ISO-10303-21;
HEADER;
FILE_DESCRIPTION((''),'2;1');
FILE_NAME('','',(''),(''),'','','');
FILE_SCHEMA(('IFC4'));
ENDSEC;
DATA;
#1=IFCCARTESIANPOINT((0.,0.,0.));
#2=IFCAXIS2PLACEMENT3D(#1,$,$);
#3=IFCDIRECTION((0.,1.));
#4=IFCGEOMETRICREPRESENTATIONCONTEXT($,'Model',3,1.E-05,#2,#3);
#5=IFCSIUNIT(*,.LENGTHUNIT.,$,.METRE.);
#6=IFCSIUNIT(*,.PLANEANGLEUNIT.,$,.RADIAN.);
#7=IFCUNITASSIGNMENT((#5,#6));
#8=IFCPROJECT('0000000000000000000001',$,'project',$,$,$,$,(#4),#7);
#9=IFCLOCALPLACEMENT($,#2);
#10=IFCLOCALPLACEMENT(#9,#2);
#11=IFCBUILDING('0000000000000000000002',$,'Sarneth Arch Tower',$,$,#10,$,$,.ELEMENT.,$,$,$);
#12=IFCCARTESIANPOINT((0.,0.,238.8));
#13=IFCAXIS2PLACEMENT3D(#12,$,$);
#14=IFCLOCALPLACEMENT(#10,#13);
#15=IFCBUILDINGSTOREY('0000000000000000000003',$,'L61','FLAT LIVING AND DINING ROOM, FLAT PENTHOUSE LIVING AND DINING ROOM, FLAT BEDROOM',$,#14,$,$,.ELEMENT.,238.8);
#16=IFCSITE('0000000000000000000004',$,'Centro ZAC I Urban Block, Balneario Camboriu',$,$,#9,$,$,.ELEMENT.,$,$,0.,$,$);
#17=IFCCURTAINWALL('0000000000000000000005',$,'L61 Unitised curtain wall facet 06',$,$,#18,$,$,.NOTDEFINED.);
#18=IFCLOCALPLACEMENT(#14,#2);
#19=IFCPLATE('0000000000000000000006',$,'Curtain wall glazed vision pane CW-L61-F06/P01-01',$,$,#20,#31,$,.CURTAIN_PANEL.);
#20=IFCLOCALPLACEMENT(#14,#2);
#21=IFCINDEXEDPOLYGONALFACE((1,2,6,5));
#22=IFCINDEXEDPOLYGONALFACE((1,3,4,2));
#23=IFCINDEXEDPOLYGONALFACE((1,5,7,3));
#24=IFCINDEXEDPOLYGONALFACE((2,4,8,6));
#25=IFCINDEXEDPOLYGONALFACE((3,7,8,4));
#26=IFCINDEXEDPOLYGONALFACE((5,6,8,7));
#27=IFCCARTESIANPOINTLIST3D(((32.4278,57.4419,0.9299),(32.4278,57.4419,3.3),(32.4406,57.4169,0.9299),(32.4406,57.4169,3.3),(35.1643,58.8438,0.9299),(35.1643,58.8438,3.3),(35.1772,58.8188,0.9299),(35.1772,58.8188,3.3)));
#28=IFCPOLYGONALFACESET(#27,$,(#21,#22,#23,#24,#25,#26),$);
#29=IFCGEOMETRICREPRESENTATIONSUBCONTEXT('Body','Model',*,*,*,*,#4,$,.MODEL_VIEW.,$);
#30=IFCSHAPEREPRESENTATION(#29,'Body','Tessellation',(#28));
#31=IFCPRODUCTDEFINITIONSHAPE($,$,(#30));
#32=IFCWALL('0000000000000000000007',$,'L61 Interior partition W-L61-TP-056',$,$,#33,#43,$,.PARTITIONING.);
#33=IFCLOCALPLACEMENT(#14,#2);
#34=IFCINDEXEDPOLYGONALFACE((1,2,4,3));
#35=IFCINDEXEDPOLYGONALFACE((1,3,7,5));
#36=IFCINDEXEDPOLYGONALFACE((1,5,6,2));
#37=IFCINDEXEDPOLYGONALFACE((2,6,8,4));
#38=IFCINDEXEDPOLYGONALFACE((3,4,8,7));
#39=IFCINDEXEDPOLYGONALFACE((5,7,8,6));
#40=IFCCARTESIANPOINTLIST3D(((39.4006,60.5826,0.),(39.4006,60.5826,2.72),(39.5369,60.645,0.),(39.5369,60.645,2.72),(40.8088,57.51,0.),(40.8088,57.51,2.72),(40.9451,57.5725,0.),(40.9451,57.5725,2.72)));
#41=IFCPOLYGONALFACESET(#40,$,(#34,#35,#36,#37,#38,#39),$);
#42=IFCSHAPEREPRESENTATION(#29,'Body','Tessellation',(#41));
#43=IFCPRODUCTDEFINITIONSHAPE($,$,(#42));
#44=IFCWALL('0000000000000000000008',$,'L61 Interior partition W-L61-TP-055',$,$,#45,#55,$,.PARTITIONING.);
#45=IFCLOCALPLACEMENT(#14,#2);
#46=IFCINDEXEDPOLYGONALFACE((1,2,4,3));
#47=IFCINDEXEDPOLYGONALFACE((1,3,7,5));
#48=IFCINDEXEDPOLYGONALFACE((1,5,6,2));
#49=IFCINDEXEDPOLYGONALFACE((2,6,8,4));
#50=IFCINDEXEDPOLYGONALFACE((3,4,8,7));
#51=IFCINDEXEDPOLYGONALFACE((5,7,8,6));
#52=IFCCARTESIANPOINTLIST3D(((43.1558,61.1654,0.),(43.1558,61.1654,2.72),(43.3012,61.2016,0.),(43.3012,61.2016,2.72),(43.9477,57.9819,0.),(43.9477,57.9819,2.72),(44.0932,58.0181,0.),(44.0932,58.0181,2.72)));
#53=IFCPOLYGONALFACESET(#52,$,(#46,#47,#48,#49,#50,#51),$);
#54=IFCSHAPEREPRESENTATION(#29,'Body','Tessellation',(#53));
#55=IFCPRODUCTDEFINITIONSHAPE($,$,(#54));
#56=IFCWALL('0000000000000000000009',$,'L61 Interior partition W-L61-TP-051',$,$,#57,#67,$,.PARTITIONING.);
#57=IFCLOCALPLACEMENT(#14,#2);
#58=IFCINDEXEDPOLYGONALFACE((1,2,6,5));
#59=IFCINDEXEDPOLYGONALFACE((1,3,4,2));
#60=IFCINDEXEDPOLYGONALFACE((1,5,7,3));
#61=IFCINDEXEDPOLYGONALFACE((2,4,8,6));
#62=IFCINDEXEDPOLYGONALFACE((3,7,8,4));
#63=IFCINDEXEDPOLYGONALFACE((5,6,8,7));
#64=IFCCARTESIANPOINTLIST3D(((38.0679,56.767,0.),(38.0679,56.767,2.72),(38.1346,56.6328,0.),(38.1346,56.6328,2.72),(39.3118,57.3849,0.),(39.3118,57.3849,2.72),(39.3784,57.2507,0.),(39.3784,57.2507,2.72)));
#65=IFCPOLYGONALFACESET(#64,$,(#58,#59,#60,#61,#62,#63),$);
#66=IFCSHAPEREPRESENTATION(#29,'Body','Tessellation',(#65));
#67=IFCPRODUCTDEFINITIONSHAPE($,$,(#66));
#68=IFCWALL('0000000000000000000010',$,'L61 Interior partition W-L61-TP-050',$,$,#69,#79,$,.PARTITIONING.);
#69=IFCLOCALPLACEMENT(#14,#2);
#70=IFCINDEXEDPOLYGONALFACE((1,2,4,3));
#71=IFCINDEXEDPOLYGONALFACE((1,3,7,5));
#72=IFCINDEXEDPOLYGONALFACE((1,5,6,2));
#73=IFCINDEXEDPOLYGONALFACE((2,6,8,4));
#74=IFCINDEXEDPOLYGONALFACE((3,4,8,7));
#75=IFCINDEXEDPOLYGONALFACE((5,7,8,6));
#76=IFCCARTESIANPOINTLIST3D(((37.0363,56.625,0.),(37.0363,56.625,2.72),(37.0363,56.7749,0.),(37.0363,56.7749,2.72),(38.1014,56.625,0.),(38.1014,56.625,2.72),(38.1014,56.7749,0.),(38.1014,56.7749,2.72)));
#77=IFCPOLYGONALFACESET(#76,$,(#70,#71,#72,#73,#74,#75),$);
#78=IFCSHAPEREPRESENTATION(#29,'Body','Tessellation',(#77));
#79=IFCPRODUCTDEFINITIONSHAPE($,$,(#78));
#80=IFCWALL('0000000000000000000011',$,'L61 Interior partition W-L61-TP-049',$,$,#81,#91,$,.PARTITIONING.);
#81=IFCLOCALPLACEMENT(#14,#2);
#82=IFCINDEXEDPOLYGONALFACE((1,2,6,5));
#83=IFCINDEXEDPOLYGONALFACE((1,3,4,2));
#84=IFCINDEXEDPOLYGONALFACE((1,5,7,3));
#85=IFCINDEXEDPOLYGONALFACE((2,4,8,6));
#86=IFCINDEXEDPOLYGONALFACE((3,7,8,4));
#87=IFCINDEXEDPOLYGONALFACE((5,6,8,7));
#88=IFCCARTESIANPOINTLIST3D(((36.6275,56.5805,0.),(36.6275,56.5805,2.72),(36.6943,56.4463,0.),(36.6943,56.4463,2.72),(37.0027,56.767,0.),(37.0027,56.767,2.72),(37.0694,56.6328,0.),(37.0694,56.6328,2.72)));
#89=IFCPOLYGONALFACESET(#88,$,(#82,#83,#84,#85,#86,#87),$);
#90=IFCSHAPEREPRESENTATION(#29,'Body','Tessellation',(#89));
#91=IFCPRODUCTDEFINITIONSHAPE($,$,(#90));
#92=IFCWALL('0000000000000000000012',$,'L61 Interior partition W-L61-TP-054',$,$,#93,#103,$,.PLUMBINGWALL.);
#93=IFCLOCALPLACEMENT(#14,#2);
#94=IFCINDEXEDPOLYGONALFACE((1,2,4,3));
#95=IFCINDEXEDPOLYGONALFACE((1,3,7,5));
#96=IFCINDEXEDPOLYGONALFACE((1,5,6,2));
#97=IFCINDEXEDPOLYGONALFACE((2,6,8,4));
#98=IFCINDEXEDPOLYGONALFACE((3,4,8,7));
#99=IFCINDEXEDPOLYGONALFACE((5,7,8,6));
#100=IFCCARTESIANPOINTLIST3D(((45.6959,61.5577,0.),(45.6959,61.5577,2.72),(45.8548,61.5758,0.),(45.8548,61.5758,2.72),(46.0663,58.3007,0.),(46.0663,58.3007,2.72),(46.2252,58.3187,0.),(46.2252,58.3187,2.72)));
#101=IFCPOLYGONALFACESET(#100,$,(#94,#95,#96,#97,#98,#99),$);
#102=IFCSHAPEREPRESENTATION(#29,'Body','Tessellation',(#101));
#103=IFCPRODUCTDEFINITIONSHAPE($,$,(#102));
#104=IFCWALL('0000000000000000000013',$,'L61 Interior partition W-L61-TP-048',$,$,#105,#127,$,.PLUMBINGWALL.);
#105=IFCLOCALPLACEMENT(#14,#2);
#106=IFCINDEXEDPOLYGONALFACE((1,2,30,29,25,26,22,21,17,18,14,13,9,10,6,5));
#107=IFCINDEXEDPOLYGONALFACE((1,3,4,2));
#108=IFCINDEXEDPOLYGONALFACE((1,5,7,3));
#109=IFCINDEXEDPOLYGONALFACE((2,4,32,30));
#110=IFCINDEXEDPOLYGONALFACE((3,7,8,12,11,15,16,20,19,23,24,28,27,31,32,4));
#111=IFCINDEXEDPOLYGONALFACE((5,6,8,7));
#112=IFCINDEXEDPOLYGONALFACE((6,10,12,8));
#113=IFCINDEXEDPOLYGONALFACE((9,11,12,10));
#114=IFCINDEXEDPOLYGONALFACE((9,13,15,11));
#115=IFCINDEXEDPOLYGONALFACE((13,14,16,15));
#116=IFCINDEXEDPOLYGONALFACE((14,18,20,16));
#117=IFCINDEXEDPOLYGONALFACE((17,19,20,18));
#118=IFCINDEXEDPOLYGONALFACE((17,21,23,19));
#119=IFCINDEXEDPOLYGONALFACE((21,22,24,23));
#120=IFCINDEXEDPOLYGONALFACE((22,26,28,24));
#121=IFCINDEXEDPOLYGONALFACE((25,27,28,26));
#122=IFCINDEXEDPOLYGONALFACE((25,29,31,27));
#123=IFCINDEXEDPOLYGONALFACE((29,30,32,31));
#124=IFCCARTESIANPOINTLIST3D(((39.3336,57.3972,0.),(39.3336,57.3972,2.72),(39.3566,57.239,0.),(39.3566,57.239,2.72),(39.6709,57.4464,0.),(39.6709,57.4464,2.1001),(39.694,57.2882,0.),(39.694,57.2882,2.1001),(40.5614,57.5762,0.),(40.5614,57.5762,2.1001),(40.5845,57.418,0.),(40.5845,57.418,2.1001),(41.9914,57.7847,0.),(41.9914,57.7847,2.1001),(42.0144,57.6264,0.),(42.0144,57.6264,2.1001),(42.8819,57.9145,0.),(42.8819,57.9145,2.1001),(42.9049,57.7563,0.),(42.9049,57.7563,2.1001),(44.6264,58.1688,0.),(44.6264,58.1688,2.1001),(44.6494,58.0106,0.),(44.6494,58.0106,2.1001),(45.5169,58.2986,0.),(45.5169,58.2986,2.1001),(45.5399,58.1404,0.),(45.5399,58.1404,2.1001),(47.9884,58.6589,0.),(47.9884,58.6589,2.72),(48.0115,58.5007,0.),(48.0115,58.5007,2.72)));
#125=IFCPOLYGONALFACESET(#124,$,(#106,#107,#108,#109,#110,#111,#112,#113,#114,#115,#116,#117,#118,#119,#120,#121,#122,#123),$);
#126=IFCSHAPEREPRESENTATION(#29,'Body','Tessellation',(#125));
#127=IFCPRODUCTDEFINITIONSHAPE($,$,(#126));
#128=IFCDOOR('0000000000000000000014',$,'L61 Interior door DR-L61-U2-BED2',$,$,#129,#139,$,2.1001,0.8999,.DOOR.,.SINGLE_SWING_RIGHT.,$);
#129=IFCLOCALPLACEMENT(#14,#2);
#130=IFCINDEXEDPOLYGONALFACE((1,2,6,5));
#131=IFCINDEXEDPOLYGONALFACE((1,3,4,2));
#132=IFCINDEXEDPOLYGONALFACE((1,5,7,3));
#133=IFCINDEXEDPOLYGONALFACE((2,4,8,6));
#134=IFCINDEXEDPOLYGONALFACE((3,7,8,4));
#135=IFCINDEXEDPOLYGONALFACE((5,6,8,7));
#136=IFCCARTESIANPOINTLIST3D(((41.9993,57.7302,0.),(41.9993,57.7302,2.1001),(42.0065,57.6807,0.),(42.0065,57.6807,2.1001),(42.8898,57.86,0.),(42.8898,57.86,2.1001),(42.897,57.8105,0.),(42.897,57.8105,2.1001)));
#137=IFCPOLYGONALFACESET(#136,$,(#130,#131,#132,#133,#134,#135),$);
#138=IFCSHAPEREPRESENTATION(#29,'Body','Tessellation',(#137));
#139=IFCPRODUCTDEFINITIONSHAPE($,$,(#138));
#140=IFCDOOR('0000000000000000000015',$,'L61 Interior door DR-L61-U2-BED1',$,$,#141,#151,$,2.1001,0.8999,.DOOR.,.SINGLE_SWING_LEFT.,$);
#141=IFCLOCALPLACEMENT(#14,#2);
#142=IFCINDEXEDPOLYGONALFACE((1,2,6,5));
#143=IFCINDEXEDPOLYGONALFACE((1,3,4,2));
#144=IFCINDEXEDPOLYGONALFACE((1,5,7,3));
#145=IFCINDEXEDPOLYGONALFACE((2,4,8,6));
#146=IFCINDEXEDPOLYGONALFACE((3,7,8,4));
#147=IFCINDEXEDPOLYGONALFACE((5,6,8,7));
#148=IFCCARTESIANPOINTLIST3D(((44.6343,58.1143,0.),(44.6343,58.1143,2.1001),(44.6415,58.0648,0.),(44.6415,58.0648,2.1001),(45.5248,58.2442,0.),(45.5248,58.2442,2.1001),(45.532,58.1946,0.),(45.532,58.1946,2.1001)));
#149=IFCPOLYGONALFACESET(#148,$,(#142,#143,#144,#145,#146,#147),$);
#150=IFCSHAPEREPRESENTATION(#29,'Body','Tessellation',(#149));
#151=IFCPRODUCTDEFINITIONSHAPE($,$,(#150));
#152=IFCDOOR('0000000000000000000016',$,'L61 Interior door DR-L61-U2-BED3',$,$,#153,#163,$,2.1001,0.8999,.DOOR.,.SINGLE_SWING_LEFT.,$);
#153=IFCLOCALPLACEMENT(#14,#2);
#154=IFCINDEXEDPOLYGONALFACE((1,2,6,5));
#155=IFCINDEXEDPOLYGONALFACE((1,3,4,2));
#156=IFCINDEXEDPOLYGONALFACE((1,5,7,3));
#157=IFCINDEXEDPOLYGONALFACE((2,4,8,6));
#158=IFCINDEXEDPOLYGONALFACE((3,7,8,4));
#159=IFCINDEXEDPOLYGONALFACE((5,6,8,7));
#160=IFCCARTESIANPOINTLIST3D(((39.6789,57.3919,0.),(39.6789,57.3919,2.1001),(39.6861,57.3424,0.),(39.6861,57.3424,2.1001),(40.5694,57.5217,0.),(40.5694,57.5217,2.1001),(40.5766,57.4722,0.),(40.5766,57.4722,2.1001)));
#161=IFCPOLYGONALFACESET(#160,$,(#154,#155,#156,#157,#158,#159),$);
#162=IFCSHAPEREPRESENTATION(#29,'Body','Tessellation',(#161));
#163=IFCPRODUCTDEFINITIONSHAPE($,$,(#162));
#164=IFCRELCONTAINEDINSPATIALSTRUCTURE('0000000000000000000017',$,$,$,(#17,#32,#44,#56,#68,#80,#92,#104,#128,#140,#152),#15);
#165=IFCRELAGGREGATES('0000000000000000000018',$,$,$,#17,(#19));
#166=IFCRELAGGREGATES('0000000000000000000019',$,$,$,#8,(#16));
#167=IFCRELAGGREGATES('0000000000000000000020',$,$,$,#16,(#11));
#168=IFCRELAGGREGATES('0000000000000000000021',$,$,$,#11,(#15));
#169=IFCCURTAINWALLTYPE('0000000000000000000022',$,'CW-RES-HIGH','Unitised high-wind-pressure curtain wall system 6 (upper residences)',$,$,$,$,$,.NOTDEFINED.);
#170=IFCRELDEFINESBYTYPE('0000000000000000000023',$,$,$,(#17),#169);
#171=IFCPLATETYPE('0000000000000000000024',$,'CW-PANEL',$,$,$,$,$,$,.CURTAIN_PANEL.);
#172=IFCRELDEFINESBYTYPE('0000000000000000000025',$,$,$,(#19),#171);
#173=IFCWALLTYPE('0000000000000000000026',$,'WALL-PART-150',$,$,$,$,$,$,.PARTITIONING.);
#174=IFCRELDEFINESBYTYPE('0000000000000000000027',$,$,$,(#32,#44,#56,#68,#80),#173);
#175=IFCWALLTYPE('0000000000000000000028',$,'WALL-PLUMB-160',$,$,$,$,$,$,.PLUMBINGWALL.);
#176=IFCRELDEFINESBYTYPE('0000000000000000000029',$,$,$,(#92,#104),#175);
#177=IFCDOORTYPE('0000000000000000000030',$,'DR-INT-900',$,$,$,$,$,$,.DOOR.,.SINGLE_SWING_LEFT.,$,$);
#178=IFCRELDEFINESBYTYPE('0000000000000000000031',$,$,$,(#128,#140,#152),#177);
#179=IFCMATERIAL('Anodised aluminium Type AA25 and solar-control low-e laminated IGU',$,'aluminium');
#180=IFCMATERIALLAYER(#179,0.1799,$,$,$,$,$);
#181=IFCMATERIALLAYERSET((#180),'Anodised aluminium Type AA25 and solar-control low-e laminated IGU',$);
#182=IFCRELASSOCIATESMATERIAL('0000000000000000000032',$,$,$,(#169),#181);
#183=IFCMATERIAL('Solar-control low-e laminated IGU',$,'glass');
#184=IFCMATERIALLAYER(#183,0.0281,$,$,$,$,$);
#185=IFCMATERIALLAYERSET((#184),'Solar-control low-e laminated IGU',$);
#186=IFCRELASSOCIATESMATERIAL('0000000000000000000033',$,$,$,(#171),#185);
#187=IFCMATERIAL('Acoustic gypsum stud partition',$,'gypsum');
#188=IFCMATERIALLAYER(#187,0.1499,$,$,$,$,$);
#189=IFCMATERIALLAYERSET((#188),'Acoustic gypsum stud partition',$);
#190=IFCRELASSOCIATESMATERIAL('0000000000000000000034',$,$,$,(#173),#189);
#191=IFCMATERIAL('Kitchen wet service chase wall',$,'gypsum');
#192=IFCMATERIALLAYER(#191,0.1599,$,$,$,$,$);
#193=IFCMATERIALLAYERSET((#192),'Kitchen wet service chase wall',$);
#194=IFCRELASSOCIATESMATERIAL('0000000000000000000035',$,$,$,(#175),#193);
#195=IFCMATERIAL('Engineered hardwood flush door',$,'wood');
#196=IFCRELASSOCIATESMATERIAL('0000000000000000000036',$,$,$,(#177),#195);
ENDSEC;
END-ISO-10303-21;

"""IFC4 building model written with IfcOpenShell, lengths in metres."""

from ifc_helpers import new_model, si_unit, direction, frame, frame_2d, origin, origin_2d, place, context, subcontext, project, spatial, rectangle, extrude, material, layer, layer_set, type_object, element, fill, aggregate, save


model = new_model("IFC4")

# Units and contexts
model_context = context("Model", 3, precision=1e-05, world=origin(), true_north=direction((0.0, 1.0)))
body_context = subcontext(model_context, "Body", "Model", "MODEL_VIEW")
ifc_project = project(units=[si_unit("LENGTHUNIT", "METRE"), si_unit("PLANEANGLEUNIT", "RADIAN")], contexts=[model_context])

# Site, building, storey
site_placement = place(None, origin())
site = spatial("IfcSite", under=ifc_project, at=site_placement, Name="Centro ZAC I Urban Block, Balneario Camboriu", CompositionType="ELEMENT", RefElevation=0.0)
building_placement = place(site_placement, origin())
building = spatial("IfcBuilding", under=site, at=building_placement, Name="Sarneth Arch Tower", CompositionType="ELEMENT")
storey_placement = place(building_placement, frame((0.0, 0.0, 238.8)))
storey = spatial("IfcBuildingStorey", under=building, at=storey_placement, Name="L61", Description="FLAT LIVING AND DINING ROOM, FLAT PENTHOUSE LIVING AND DINING ROOM, FLAT BEDROOM", CompositionType="ELEMENT", Elevation=238.8)

# Curtain wall, plate
ifc_material_1 = material(Name="Anodised aluminium Type AA25 and solar-control low-e laminated IGU", Category="aluminium")
ifc_layer_1 = layer(ifc_material_1, 0.1799)
ifc_layer_set_1 = layer_set([ifc_layer_1], Name="Anodised aluminium Type AA25 and solar-control low-e laminated IGU")
curtain_wall_type = type_object("IfcCurtainWallType", Name="CW-RES-HIGH", Description="Unitised high-wind-pressure curtain wall system 6 (upper residences)", PredefinedType="NOTDEFINED", material=ifc_layer_set_1)
curtain_wall_placement = place(storey_placement, origin())
curtain_wall = element("IfcCurtainWall", 1, at=curtain_wall_placement, inside=storey, type_object=curtain_wall_type, Name="L61 Unitised curtain wall facet 06", PredefinedType="NOTDEFINED")
ifc_material_2 = material(Name="Solar-control low-e laminated IGU", Category="glass")
ifc_layer_2 = layer(ifc_material_2, 0.0281)
ifc_layer_set_2 = layer_set([ifc_layer_2], Name="Solar-control low-e laminated IGU")
plate_type = type_object("IfcPlateType", Name="CW-PANEL", PredefinedType="CURTAIN_PANEL", material=ifc_layer_set_2)
plate_1_placement = place(storey_placement, frame((33.8025, 58.1304, 0.9299), z_axis=(0.0, 0.0, 1.0), x_axis=(-0.89001, -0.455942, 0.0)))
plate_1 = element("IfcPlate", 2, at=plate_1_placement, type_object=plate_type, Name="Curtain wall glazed vision pane CW-L61-F06/P01-01", PredefinedType="CURTAIN_PANEL", context=body_context, shape_type="SweptSolid", body=[
    extrude(rectangle(XDim=3.0747, YDim=0.0281, at=origin_2d()), origin(), (0.0, 0.0, 1.0), 2.3701),
])
aggregate(curtain_wall, [plate_1])

# Walls
ifc_material_3 = material(Name="Acoustic gypsum stud partition", Category="gypsum")
ifc_layer_3 = layer(ifc_material_3, 0.1499)
ifc_layer_set_3 = layer_set([ifc_layer_3], Name="Acoustic gypsum stud partition")
wall_type_1 = type_object("IfcWallType", Name="WALL-PART-150", PredefinedType="PARTITIONING", material=ifc_layer_set_3)
wall_1_placement = place(storey_placement, frame((40.877, 57.5413, 0.0), z_axis=(0.0, 0.0, 1.0), x_axis=(-0.416647, 0.909068, 0.0)))
element("IfcWall", 3, at=wall_1_placement, inside=storey, type_object=wall_type_1, Name="L61 Interior partition W-L61-TP-056", PredefinedType="PARTITIONING", context=body_context, shape_type="SweptSolid", body=[
    extrude(rectangle(XDim=3.3799, YDim=0.1499, at=frame_2d((1.6899, 0.0))), origin(), (0.0, 0.0, 1.0), 2.72),
])
wall_2_placement = place(storey_placement, frame((43.2285, 61.1833, 0.0), z_axis=(0.0, 0.0, 1.0), x_axis=(0.241415, -0.970422, 0.0)))
element("IfcWall", 4, at=wall_2_placement, inside=storey, type_object=wall_type_1, Name="L61 Interior partition W-L61-TP-055", PredefinedType="PARTITIONING", context=body_context, shape_type="SweptSolid", body=[
    extrude(rectangle(XDim=3.2805, YDim=0.1499, at=frame_2d((1.6401, 0.0))), origin(), (0.0, 0.0, 1.0), 2.72),
])
wall_3_placement = place(storey_placement, frame((38.1013, 56.7, 0.0), z_axis=(0.0, 0.0, 1.0), x_axis=(0.895584, 0.444892, 0.0)))
element("IfcWall", 5, at=wall_3_placement, inside=storey, type_object=wall_type_1, Name="L61 Interior partition W-L61-TP-051", PredefinedType="PARTITIONING", context=body_context, shape_type="SweptSolid", body=[
    extrude(rectangle(XDim=1.3889, YDim=0.1499, at=frame_2d((0.6943, 0.0))), origin(), (0.0, 0.0, 1.0), 2.72),
])
wall_4_placement = place(storey_placement, frame((37.0361, 56.7, 0.0), z_axis=(0.0, 0.0, 1.0), x_axis=(1.0, 0.0, 0.0)))
element("IfcWall", 6, at=wall_4_placement, inside=storey, type_object=wall_type_1, Name="L61 Interior partition W-L61-TP-050", PredefinedType="PARTITIONING", context=body_context, shape_type="SweptSolid", body=[
    extrude(rectangle(XDim=1.0652, YDim=0.1499, at=frame_2d((0.5327, 0.0))), origin(), (0.0, 0.0, 1.0), 2.72),
])
wall_5_placement = place(storey_placement, frame((36.6609, 56.5134, 0.0), z_axis=(0.0, 0.0, 1.0), x_axis=(0.895473, 0.445115, 0.0)))
element("IfcWall", 7, at=wall_5_placement, inside=storey, type_object=wall_type_1, Name="L61 Interior partition W-L61-TP-049", PredefinedType="PARTITIONING", context=body_context, shape_type="SweptSolid", body=[
    extrude(rectangle(XDim=0.4189, YDim=0.1499, at=frame_2d((0.2095, 0.0))), origin(), (0.0, 0.0, 1.0), 2.72),
])
ifc_material_4 = material(Name="Kitchen wet service chase wall", Category="gypsum")
ifc_layer_4 = layer(ifc_material_4, 0.1599)
ifc_layer_set_4 = layer_set([ifc_layer_4], Name="Kitchen wet service chase wall")
wall_type_2 = type_object("IfcWallType", Name="WALL-PLUMB-160", PredefinedType="PLUMBINGWALL", material=ifc_layer_set_4)
wall_6_placement = place(storey_placement, frame((46.1458, 58.3096, 0.0), z_axis=(0.0, 0.0, 1.0), x_axis=(-0.112982, 0.993597, 0.0)))
element("IfcWall", 8, at=wall_6_placement, inside=storey, type_object=wall_type_2, Name="L61 Interior partition W-L61-TP-054", PredefinedType="PLUMBINGWALL", context=body_context, shape_type="SweptSolid", body=[
    extrude(rectangle(XDim=3.2781, YDim=0.1599, at=frame_2d((1.6392, 0.0))), origin(), (0.0, 0.0, 1.0), 2.72),
])

# Wall, openings, doors
wall_7_placement = place(storey_placement, frame((39.3452, 57.3181, 0.0), z_axis=(0.0, 0.0, 1.0), x_axis=(0.98954, 0.144258, 0.0)))
wall_7 = element("IfcWall", 9, at=wall_7_placement, inside=storey, type_object=wall_type_2, Name="L61 Interior partition W-L61-TP-048", PredefinedType="PLUMBINGWALL", context=body_context, shape_type="SweptSolid", body=[
    extrude(rectangle(XDim=8.7463, YDim=0.1599, at=frame_2d((4.373, 0.0))), origin(), (0.0, 0.0, 1.0), 2.72),
])
opening_1_placement = place(wall_7_placement, frame((2.6858, 0.0, 0.0)))
opening_1 = element("IfcOpeningElement", 10, at=opening_1_placement, cuts=wall_7, PredefinedType="OPENING", context=body_context, shape_type="SweptSolid", body=[
    extrude(rectangle(XDim=0.8999, YDim=2.1001, at=frame_2d((0.45, 1.05))), frame((0.0, 0.0898, 0.0), z_axis=(0.0, -1.0, 0.0), x_axis=(1.0, 0.0, 0.0)), (0.0, 0.0, 1.0), 0.1799),
])
opening_2_placement = place(wall_7_placement, frame((5.3486, 0.0, 0.0)))
opening_2 = element("IfcOpeningElement", 11, at=opening_2_placement, cuts=wall_7, PredefinedType="OPENING", context=body_context, shape_type="SweptSolid", body=[
    extrude(rectangle(XDim=0.8999, YDim=2.1001, at=frame_2d((0.45, 1.05))), frame((0.0, 0.0898, 0.0), z_axis=(0.0, -1.0, 0.0), x_axis=(1.0, 0.0, 0.0)), (0.0, 0.0, 1.0), 0.1799),
])
opening_3_placement = place(wall_7_placement, frame((0.3408, 0.0, 0.0)))
opening_3 = element("IfcOpeningElement", 12, at=opening_3_placement, cuts=wall_7, PredefinedType="OPENING", context=body_context, shape_type="SweptSolid", body=[
    extrude(rectangle(XDim=0.8999, YDim=2.1001, at=frame_2d((0.45, 1.05))), frame((0.0, 0.0898, 0.0), z_axis=(0.0, -1.0, 0.0), x_axis=(1.0, 0.0, 0.0)), (0.0, 0.0, 1.0), 0.1799),
])
ifc_material_5 = material(Name="Engineered hardwood flush door", Category="wood")
door_type = type_object("IfcDoorType", Name="DR-INT-900", OperationType="SINGLE_SWING_LEFT", PredefinedType="DOOR", material=ifc_material_5)
door_1_placement = place(opening_1_placement, origin())
door_1 = element("IfcDoor", 13, at=door_1_placement, inside=storey, type_object=door_type, Name="L61 Interior door DR-L61-U2-BED2", OperationType="SINGLE_SWING_RIGHT", OverallHeight=2.1001, OverallWidth=0.8999, PredefinedType="DOOR", context=body_context, shape_type="SweptSolid", body=[
    extrude(rectangle(XDim=0.8999, YDim=2.1001, at=frame_2d((0.45, 1.05))), frame((0.0, 0.0249, 0.0), z_axis=(0.0, -1.0, 0.0), x_axis=(1.0, 0.0, 0.0)), (0.0, 0.0, 1.0), 0.05),
])
fill(opening_1, door_1)
door_2_placement = place(opening_2_placement, origin())
door_2 = element("IfcDoor", 14, at=door_2_placement, inside=storey, type_object=door_type, Name="L61 Interior door DR-L61-U2-BED1", OperationType="SINGLE_SWING_LEFT", OverallHeight=2.1001, OverallWidth=0.8999, PredefinedType="DOOR", context=body_context, shape_type="SweptSolid", body=[
    extrude(rectangle(XDim=0.8999, YDim=2.1001, at=frame_2d((0.45, 1.05))), frame((0.0, 0.0249, 0.0), z_axis=(0.0, -1.0, 0.0), x_axis=(1.0, 0.0, 0.0)), (0.0, 0.0, 1.0), 0.05),
])
fill(opening_2, door_2)
door_3_placement = place(opening_3_placement, origin())
door_3 = element("IfcDoor", 15, at=door_3_placement, inside=storey, type_object=door_type, Name="L61 Interior door DR-L61-U2-BED3", OperationType="SINGLE_SWING_LEFT", OverallHeight=2.1001, OverallWidth=0.8999, PredefinedType="DOOR", context=body_context, shape_type="SweptSolid", body=[
    extrude(rectangle(XDim=0.8999, YDim=2.1001, at=frame_2d((0.45, 1.05))), frame((0.0, 0.0249, 0.0), z_axis=(0.0, -1.0, 0.0), x_axis=(1.0, 0.0, 0.0)), (0.0, 0.0, 1.0), 0.05),
])
fill(opening_3, door_3)

save(model, "model.ifc")
